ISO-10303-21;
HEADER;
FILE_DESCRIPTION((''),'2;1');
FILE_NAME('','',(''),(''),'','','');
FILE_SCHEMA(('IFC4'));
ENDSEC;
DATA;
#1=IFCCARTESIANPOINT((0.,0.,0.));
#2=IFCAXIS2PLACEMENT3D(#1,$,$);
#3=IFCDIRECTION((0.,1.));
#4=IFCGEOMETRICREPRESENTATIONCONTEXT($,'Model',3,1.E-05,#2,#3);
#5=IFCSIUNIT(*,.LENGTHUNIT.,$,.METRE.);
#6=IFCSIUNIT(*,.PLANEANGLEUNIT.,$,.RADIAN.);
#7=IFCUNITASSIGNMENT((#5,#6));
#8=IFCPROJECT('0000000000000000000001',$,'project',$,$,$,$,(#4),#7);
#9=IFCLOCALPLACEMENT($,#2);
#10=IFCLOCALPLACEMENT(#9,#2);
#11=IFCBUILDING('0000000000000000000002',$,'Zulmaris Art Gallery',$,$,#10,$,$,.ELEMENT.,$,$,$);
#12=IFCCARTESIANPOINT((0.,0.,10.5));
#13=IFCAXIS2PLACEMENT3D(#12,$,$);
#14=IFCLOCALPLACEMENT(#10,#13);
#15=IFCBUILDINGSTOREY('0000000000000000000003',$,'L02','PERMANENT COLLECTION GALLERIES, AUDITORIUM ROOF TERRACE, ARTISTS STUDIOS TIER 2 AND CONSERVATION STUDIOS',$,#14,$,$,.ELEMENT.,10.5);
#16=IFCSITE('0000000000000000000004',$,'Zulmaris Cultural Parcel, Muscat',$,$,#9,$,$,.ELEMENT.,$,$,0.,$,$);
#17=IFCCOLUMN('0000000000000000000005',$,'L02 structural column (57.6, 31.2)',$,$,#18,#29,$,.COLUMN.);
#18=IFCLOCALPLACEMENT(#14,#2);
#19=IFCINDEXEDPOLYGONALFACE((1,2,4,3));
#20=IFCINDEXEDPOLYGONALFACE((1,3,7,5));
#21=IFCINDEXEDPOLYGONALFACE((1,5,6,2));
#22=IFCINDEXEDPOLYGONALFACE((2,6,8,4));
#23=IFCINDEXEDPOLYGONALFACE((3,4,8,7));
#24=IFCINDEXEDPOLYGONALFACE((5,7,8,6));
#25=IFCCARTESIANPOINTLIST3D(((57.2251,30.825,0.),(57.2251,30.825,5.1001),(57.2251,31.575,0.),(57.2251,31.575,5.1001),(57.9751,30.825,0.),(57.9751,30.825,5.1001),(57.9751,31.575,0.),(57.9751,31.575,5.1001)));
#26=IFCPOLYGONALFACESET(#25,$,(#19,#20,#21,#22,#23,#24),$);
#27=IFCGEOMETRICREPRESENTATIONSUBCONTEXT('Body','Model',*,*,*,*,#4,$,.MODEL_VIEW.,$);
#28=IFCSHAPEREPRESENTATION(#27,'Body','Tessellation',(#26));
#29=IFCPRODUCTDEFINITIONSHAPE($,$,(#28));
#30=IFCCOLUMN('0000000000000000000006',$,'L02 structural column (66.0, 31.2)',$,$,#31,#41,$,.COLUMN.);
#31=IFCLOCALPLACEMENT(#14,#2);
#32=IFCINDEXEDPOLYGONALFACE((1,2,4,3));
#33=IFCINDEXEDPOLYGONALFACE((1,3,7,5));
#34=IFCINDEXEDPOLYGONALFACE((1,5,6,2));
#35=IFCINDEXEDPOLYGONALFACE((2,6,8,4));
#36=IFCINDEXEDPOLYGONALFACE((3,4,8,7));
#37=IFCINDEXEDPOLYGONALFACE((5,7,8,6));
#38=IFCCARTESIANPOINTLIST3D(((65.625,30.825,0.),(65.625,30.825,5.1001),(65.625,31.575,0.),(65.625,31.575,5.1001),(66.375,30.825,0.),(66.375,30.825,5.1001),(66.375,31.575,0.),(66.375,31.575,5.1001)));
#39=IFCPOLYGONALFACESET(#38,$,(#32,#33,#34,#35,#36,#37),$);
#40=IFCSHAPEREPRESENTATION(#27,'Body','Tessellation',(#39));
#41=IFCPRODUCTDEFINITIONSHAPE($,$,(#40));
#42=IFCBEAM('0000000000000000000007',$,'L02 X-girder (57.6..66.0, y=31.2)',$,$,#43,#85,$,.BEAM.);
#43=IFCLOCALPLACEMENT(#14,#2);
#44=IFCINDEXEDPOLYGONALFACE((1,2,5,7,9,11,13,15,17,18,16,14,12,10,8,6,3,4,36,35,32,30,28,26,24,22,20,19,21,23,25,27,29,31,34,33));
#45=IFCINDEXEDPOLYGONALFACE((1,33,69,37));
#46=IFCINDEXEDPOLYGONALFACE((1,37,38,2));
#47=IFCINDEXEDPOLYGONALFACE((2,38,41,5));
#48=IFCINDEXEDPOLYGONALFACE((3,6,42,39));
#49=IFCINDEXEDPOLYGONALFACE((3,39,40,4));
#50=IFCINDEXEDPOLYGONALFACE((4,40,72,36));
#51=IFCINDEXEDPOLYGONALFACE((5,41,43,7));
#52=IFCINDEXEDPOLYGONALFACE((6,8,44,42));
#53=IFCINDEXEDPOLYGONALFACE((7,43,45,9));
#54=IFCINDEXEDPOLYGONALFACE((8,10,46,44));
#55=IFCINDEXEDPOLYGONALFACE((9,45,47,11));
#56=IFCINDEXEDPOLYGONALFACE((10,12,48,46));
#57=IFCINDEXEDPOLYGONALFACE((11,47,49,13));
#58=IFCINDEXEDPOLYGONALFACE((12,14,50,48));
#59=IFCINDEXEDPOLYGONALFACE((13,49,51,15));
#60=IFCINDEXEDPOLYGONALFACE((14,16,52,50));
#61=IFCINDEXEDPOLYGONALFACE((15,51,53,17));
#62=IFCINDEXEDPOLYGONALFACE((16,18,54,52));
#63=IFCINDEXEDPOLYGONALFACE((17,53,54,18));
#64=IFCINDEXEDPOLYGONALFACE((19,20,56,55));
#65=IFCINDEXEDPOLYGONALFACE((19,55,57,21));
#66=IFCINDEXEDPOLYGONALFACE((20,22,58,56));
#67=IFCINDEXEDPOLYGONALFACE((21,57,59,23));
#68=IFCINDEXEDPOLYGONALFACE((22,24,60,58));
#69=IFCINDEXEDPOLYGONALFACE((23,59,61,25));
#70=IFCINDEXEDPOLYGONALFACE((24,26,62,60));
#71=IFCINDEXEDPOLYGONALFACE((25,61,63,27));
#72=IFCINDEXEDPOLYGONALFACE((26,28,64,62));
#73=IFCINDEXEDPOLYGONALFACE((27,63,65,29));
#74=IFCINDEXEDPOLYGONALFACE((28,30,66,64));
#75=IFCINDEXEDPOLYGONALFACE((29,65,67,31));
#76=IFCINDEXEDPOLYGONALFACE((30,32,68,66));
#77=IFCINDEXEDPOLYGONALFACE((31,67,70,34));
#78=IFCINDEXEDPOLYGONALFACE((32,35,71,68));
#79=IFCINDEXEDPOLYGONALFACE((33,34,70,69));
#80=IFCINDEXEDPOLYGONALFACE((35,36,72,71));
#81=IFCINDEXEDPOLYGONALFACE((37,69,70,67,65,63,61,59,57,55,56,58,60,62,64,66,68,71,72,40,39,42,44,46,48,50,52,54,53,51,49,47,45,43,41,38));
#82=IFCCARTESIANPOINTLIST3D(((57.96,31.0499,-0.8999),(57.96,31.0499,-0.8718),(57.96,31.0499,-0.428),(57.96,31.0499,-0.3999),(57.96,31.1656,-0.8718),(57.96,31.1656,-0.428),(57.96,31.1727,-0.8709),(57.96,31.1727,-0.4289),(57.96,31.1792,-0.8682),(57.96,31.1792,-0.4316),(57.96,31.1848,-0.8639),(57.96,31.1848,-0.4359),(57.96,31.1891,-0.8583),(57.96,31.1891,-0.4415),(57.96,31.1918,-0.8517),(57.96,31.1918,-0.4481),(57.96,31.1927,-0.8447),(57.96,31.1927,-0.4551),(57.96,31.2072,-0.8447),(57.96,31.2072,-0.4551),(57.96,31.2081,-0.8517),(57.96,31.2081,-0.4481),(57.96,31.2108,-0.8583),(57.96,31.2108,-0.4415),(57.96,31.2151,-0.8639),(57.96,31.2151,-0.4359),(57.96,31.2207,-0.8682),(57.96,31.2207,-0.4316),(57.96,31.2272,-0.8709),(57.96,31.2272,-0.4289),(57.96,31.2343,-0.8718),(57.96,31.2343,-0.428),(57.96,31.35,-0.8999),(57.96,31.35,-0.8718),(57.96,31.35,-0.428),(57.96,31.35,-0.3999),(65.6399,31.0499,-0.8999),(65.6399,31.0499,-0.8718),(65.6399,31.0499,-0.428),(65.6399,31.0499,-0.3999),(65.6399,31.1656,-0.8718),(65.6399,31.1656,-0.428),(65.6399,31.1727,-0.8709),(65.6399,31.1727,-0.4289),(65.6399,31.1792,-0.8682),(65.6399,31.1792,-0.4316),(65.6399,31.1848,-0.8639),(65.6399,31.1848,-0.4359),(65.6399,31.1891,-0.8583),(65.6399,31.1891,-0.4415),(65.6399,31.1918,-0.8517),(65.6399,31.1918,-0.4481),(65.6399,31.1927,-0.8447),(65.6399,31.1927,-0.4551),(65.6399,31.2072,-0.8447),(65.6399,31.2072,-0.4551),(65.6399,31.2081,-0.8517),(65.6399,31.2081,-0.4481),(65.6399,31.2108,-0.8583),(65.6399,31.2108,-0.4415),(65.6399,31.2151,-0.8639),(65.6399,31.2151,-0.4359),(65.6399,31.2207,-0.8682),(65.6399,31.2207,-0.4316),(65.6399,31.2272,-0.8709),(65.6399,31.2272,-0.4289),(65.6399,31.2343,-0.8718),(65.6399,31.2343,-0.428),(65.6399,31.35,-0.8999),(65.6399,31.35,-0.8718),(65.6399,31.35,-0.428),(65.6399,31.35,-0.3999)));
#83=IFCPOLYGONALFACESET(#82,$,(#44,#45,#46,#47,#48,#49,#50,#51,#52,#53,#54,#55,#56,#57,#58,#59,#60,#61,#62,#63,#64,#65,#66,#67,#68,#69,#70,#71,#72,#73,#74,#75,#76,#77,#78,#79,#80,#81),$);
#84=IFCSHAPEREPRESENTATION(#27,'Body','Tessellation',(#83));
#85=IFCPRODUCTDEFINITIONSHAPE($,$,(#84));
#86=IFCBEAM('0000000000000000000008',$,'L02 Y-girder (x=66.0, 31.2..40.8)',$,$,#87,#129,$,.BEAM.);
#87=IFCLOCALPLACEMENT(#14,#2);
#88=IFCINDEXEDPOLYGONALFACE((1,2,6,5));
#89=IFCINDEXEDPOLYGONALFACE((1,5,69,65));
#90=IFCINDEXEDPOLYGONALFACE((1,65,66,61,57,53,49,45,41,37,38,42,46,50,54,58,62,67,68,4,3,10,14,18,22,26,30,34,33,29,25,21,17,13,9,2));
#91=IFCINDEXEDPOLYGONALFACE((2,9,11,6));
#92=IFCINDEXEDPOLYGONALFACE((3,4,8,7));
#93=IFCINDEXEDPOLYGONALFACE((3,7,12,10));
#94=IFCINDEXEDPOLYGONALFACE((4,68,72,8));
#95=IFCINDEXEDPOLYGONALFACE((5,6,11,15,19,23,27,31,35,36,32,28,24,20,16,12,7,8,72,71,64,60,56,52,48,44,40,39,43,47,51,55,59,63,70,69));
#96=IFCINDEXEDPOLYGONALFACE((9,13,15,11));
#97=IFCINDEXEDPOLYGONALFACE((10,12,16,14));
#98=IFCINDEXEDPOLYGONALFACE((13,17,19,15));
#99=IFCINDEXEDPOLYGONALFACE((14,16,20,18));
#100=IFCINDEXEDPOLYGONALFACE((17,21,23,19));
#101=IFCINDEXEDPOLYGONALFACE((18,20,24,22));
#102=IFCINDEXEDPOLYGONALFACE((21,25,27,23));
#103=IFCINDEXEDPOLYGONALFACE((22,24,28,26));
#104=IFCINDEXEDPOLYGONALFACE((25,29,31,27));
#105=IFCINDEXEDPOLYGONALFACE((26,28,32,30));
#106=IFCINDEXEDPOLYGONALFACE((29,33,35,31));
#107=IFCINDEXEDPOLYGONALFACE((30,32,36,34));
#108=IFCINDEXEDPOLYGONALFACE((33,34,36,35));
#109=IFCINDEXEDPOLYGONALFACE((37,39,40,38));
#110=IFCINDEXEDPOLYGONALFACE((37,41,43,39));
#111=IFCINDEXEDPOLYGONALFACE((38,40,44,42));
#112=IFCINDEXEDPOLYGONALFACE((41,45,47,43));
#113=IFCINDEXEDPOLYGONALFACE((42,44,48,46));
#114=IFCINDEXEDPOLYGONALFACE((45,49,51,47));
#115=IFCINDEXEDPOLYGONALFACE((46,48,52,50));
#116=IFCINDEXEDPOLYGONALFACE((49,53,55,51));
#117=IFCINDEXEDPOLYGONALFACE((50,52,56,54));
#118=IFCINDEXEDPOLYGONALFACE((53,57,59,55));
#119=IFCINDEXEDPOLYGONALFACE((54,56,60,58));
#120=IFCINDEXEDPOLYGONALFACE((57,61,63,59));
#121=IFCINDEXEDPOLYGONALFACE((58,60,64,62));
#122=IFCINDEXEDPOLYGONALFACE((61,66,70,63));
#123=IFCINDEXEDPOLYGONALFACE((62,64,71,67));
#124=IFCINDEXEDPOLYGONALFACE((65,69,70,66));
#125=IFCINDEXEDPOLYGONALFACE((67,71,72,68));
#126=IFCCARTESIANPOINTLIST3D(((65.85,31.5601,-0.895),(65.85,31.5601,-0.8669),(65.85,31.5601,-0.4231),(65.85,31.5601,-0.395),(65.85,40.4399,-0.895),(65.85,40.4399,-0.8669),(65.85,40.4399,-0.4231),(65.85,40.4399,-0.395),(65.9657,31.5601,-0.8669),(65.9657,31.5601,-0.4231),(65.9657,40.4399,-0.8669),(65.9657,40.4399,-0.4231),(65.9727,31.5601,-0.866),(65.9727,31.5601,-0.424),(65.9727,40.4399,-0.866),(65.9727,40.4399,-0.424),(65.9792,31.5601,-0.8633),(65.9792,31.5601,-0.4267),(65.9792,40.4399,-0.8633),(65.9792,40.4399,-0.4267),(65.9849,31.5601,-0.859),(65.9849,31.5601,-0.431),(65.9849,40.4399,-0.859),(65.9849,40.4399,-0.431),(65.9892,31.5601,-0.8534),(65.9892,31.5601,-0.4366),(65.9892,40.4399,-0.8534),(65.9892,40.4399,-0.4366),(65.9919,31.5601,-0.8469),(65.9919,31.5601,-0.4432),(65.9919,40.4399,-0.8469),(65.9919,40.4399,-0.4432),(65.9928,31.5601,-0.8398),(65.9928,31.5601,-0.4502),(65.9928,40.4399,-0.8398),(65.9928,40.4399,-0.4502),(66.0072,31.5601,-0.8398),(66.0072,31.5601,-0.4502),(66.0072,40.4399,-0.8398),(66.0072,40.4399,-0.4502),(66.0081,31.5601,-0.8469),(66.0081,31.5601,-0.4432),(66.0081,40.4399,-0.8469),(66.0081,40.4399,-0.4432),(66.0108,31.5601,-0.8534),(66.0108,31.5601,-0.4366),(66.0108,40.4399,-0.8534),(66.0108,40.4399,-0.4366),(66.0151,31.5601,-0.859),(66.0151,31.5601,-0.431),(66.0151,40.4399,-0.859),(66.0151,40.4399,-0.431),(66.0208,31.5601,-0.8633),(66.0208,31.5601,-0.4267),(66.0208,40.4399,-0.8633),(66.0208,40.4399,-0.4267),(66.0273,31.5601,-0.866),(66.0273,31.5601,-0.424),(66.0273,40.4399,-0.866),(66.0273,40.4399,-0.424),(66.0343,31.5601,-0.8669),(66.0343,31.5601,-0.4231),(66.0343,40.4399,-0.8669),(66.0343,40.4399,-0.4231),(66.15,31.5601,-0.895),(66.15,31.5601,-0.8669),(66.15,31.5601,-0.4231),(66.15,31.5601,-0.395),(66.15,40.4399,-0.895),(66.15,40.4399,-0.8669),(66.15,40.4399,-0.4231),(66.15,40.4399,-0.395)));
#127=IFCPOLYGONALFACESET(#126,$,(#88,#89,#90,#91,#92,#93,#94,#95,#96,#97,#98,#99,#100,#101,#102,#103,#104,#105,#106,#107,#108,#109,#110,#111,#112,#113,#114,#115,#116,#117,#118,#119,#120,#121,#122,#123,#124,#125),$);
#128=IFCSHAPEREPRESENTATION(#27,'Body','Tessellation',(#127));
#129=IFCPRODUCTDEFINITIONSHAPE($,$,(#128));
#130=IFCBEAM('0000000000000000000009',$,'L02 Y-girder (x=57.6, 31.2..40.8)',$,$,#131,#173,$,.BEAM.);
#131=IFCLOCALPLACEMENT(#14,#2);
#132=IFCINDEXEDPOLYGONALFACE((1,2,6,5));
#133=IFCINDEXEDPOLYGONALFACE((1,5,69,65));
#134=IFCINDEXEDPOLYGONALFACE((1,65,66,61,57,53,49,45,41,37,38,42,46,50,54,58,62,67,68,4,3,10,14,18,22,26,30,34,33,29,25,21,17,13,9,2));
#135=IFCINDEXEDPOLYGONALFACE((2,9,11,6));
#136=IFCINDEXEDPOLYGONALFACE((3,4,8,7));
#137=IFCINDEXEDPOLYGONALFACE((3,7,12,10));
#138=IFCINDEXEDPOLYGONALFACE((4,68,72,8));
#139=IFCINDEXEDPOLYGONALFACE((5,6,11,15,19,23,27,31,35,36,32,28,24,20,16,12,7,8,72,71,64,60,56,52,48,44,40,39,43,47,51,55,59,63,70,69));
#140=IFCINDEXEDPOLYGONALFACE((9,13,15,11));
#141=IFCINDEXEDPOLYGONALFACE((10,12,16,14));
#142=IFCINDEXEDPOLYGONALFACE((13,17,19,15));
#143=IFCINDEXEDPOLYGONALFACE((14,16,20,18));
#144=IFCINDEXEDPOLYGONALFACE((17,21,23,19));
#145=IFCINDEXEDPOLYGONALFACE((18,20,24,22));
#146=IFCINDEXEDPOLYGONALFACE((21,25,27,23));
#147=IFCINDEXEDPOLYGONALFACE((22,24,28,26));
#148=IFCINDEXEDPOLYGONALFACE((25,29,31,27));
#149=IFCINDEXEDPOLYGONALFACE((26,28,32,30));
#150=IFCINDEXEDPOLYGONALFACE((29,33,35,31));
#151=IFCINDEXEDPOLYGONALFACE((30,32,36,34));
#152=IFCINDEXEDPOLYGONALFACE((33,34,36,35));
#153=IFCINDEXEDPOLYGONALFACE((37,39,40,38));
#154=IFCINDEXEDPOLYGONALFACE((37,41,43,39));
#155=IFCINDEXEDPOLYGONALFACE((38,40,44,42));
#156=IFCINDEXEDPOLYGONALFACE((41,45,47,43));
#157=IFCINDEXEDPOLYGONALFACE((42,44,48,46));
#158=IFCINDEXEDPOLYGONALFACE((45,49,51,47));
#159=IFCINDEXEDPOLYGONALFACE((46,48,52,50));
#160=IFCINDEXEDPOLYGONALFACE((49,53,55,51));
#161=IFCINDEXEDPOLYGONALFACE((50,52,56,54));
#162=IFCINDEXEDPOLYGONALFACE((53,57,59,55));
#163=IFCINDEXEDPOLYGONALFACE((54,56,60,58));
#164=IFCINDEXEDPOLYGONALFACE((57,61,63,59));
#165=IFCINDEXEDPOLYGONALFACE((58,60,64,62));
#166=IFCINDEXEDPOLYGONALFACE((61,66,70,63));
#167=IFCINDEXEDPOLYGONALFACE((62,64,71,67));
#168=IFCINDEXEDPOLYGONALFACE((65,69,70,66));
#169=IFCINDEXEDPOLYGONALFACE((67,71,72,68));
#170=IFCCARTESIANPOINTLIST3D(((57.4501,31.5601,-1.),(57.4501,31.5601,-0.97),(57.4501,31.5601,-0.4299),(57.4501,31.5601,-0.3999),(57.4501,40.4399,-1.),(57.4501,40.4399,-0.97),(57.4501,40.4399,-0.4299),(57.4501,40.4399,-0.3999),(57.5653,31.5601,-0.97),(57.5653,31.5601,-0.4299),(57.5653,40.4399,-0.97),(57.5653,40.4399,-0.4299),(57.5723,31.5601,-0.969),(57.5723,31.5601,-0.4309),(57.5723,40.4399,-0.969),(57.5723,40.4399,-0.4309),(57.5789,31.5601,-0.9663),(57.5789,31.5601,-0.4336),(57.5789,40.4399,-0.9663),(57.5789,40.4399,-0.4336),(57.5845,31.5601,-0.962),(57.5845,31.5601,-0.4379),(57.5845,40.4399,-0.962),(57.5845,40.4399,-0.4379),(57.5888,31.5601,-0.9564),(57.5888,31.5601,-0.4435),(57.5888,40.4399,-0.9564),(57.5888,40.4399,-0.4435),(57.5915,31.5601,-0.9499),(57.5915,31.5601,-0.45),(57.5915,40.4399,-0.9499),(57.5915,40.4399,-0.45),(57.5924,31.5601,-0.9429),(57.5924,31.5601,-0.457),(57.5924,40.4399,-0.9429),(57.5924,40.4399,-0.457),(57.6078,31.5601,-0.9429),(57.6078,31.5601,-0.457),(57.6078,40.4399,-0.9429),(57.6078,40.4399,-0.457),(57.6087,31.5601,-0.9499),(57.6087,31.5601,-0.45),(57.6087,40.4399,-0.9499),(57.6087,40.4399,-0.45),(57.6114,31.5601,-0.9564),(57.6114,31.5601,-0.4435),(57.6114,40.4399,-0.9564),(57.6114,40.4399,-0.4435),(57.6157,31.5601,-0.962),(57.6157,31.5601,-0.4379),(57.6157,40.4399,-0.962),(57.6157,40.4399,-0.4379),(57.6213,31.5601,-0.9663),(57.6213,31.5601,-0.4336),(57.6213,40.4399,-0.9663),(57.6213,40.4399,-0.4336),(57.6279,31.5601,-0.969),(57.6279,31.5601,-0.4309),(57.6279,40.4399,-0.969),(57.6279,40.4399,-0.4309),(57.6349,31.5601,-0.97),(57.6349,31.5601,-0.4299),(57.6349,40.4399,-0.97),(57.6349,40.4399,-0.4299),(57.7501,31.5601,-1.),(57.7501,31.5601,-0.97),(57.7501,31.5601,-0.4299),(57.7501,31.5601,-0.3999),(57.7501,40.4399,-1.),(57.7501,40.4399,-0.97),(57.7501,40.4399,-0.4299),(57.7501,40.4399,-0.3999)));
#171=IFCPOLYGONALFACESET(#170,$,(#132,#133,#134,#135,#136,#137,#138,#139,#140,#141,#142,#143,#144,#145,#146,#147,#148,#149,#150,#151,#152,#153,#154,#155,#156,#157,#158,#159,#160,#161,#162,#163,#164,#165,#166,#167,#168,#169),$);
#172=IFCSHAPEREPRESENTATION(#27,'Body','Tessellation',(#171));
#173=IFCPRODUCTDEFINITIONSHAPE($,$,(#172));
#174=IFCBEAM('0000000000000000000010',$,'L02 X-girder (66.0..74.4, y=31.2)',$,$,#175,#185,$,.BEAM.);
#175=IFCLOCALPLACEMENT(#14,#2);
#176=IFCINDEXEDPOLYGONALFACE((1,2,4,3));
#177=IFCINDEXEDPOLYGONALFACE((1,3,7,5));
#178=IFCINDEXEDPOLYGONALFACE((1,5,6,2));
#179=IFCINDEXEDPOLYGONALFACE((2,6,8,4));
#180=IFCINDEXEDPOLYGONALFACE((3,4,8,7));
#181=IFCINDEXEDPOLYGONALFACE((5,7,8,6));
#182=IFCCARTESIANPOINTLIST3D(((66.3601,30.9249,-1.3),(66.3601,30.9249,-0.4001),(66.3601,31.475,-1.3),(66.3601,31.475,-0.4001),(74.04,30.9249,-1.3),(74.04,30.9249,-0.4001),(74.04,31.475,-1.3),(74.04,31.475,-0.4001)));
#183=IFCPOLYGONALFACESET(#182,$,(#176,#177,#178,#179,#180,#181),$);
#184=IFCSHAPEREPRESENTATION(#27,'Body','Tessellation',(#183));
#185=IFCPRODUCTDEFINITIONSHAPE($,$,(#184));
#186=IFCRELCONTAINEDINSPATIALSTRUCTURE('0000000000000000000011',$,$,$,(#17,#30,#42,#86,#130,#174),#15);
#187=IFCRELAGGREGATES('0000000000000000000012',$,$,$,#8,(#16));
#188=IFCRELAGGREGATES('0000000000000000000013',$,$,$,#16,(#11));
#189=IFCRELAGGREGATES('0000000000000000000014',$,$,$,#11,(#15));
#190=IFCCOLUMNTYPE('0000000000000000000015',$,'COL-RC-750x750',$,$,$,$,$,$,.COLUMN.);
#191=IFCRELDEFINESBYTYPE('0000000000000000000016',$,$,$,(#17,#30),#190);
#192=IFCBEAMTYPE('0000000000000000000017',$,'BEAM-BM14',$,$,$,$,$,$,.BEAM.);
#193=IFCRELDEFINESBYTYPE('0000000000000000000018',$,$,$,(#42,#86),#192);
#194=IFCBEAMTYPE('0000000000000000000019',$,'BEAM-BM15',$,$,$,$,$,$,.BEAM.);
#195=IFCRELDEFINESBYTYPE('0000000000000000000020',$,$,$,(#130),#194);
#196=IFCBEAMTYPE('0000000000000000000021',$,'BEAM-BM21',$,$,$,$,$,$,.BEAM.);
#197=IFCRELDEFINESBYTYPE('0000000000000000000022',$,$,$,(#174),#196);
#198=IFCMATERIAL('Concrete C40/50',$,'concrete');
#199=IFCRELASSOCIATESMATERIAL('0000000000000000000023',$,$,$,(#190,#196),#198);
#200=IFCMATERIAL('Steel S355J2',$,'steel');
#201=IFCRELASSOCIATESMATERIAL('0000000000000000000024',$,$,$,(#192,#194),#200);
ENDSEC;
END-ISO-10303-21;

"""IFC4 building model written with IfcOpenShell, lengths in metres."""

from ifc_helpers import new_model, si_unit, direction, frame, origin, origin_2d, place, context, subcontext, project, spatial, rectangle, i_section, extrude, material, material_profile, profile_set, type_object, element, save


model = new_model("IFC4")

# Units and contexts
model_context = context("Model", 3, precision=1e-05, world=origin(), true_north=direction((0.0, 1.0)))
body_context = subcontext(model_context, "Body", "Model", "MODEL_VIEW")
ifc_project = project(units=[si_unit("LENGTHUNIT", "METRE"), si_unit("PLANEANGLEUNIT", "RADIAN")], contexts=[model_context])

# Site, building, storey
site_placement = place(None, origin())
site = spatial("IfcSite", under=ifc_project, at=site_placement, Name="Zulmaris Cultural Parcel, Muscat", CompositionType="ELEMENT", RefElevation=0.0)
building_placement = place(site_placement, origin())
building = spatial("IfcBuilding", under=site, at=building_placement, Name="Zulmaris Art Gallery", CompositionType="ELEMENT")
storey_placement = place(building_placement, frame((0.0, 0.0, 10.5)))
storey = spatial("IfcBuildingStorey", under=building, at=storey_placement, Name="L02", Description="PERMANENT COLLECTION GALLERIES, AUDITORIUM ROOF TERRACE, ARTISTS STUDIOS TIER 2 AND CONSERVATION STUDIOS", CompositionType="ELEMENT", Elevation=10.5)

# Columns
ifc_material_1 = material(Name="Concrete C40/50", Category="concrete")
ifc_material_profile_1 = material_profile(ifc_material_1, rectangle(XDim=0.75, YDim=0.75, at=origin_2d()), Name="RC 750x750")
ifc_profile_set_1 = profile_set([ifc_material_profile_1], Name="Concrete C40/50")
column_type = type_object("IfcColumnType", Name="COL-RC-750x750", PredefinedType="COLUMN", material=ifc_profile_set_1)
for number, where, z_axis, x_axis, name in (
    (1, (57.6001, 31.2, 0.0), (0.0, 0.0, 1.0), (1.0, 0.0, 0.0), "L02 structural column (57.6, 31.2)"),
    (2, (66.0, 31.2, 0.0), (0.0, 0.0, 1.0), (1.0, 0.0, 0.0), "L02 structural column (66.0, 31.2)"),
):
    element("IfcColumn", number, at=place(storey_placement, frame(where, z_axis=z_axis, x_axis=x_axis)), inside=storey, type_object=column_type, Name=name, PredefinedType="COLUMN", context=body_context, shape_type="SweptSolid", body=[
        extrude(rectangle(XDim=0.75, YDim=0.75, at=origin_2d()), origin(), (0.0, 0.0, 1.0), 5.1001),
    ])

# Beams
ifc_material_2 = material(Name="Steel S355J2", Category="steel")
ifc_material_profile_2 = material_profile(ifc_material_2, i_section(OverallWidth=0.3, OverallDepth=0.5, WebThickness=0.0144, FlangeThickness=0.0281, FilletRadius=0.0271, at=origin_2d()), Name="HEB 500")
ifc_profile_set_2 = profile_set([ifc_material_profile_2], Name="Steel S355J2")
beam_type_1 = type_object("IfcBeamType", Name="BEAM-BM14", PredefinedType="BEAM", material=ifc_profile_set_2)
beam_1_placement = place(storey_placement, frame((57.96, 31.2, -0.6499), z_axis=(1.0, 0.0, 0.0), x_axis=(0.0, 1.0, 0.0)))
element("IfcBeam", 3, at=beam_1_placement, inside=storey, type_object=beam_type_1, Name="L02 X-girder (57.6..66.0, y=31.2)", PredefinedType="BEAM", context=body_context, shape_type="SweptSolid", body=[
    extrude(i_section(OverallWidth=0.3, OverallDepth=0.5, WebThickness=0.0144, FlangeThickness=0.0281, FilletRadius=0.0271, at=origin_2d()), origin(), (0.0, 0.0, 1.0), 7.6799),
])
beam_2_placement = place(storey_placement, frame((66.0, 31.5601, -0.645), z_axis=(0.0, 1.0, 0.0), x_axis=(-1.0, 0.0, 0.0)))
element("IfcBeam", 4, at=beam_2_placement, inside=storey, type_object=beam_type_1, Name="L02 Y-girder (x=66.0, 31.2..40.8)", PredefinedType="BEAM", context=body_context, shape_type="SweptSolid", body=[
    extrude(i_section(OverallWidth=0.3, OverallDepth=0.5, WebThickness=0.0144, FlangeThickness=0.0281, FilletRadius=0.0271, at=origin_2d()), origin(), (0.0, 0.0, 1.0), 8.8799),
])
ifc_material_profile_3 = material_profile(ifc_material_2, i_section(OverallWidth=0.3, OverallDepth=0.6001, WebThickness=0.0154, FlangeThickness=0.03, FilletRadius=0.0271, at=origin_2d()), Name="HEB 600")
ifc_profile_set_3 = profile_set([ifc_material_profile_3], Name="Steel S355J2")
beam_type_2 = type_object("IfcBeamType", Name="BEAM-BM15", PredefinedType="BEAM", material=ifc_profile_set_3)
beam_3_placement = place(storey_placement, frame((57.6001, 31.5601, -0.7), z_axis=(0.0, 1.0, 0.0), x_axis=(-1.0, 0.0, 0.0)))
element("IfcBeam", 5, at=beam_3_placement, inside=storey, type_object=beam_type_2, Name="L02 Y-girder (x=57.6, 31.2..40.8)", PredefinedType="BEAM", context=body_context, shape_type="SweptSolid", body=[
    extrude(i_section(OverallWidth=0.3, OverallDepth=0.6001, WebThickness=0.0154, FlangeThickness=0.03, FilletRadius=0.0271, at=origin_2d()), origin(), (0.0, 0.0, 1.0), 8.8799),
])
ifc_material_profile_4 = material_profile(ifc_material_1, rectangle(XDim=0.55, YDim=0.8999, at=origin_2d()), Name="RC 550x900")
ifc_profile_set_4 = profile_set([ifc_material_profile_4], Name="Concrete C40/50")
beam_type_3 = type_object("IfcBeamType", Name="BEAM-BM21", PredefinedType="BEAM", material=ifc_profile_set_4)
beam_4_placement = place(storey_placement, frame((66.3601, 31.2, -0.8501), z_axis=(1.0, 0.0, 0.0), x_axis=(0.0, 1.0, 0.0)))
element("IfcBeam", 6, at=beam_4_placement, inside=storey, type_object=beam_type_3, Name="L02 X-girder (66.0..74.4, y=31.2)", PredefinedType="BEAM", context=body_context, shape_type="SweptSolid", body=[
    extrude(rectangle(XDim=0.55, YDim=0.8999, at=origin_2d()), origin(), (0.0, 0.0, 1.0), 7.6799),
])

save(model, "model.ifc")
